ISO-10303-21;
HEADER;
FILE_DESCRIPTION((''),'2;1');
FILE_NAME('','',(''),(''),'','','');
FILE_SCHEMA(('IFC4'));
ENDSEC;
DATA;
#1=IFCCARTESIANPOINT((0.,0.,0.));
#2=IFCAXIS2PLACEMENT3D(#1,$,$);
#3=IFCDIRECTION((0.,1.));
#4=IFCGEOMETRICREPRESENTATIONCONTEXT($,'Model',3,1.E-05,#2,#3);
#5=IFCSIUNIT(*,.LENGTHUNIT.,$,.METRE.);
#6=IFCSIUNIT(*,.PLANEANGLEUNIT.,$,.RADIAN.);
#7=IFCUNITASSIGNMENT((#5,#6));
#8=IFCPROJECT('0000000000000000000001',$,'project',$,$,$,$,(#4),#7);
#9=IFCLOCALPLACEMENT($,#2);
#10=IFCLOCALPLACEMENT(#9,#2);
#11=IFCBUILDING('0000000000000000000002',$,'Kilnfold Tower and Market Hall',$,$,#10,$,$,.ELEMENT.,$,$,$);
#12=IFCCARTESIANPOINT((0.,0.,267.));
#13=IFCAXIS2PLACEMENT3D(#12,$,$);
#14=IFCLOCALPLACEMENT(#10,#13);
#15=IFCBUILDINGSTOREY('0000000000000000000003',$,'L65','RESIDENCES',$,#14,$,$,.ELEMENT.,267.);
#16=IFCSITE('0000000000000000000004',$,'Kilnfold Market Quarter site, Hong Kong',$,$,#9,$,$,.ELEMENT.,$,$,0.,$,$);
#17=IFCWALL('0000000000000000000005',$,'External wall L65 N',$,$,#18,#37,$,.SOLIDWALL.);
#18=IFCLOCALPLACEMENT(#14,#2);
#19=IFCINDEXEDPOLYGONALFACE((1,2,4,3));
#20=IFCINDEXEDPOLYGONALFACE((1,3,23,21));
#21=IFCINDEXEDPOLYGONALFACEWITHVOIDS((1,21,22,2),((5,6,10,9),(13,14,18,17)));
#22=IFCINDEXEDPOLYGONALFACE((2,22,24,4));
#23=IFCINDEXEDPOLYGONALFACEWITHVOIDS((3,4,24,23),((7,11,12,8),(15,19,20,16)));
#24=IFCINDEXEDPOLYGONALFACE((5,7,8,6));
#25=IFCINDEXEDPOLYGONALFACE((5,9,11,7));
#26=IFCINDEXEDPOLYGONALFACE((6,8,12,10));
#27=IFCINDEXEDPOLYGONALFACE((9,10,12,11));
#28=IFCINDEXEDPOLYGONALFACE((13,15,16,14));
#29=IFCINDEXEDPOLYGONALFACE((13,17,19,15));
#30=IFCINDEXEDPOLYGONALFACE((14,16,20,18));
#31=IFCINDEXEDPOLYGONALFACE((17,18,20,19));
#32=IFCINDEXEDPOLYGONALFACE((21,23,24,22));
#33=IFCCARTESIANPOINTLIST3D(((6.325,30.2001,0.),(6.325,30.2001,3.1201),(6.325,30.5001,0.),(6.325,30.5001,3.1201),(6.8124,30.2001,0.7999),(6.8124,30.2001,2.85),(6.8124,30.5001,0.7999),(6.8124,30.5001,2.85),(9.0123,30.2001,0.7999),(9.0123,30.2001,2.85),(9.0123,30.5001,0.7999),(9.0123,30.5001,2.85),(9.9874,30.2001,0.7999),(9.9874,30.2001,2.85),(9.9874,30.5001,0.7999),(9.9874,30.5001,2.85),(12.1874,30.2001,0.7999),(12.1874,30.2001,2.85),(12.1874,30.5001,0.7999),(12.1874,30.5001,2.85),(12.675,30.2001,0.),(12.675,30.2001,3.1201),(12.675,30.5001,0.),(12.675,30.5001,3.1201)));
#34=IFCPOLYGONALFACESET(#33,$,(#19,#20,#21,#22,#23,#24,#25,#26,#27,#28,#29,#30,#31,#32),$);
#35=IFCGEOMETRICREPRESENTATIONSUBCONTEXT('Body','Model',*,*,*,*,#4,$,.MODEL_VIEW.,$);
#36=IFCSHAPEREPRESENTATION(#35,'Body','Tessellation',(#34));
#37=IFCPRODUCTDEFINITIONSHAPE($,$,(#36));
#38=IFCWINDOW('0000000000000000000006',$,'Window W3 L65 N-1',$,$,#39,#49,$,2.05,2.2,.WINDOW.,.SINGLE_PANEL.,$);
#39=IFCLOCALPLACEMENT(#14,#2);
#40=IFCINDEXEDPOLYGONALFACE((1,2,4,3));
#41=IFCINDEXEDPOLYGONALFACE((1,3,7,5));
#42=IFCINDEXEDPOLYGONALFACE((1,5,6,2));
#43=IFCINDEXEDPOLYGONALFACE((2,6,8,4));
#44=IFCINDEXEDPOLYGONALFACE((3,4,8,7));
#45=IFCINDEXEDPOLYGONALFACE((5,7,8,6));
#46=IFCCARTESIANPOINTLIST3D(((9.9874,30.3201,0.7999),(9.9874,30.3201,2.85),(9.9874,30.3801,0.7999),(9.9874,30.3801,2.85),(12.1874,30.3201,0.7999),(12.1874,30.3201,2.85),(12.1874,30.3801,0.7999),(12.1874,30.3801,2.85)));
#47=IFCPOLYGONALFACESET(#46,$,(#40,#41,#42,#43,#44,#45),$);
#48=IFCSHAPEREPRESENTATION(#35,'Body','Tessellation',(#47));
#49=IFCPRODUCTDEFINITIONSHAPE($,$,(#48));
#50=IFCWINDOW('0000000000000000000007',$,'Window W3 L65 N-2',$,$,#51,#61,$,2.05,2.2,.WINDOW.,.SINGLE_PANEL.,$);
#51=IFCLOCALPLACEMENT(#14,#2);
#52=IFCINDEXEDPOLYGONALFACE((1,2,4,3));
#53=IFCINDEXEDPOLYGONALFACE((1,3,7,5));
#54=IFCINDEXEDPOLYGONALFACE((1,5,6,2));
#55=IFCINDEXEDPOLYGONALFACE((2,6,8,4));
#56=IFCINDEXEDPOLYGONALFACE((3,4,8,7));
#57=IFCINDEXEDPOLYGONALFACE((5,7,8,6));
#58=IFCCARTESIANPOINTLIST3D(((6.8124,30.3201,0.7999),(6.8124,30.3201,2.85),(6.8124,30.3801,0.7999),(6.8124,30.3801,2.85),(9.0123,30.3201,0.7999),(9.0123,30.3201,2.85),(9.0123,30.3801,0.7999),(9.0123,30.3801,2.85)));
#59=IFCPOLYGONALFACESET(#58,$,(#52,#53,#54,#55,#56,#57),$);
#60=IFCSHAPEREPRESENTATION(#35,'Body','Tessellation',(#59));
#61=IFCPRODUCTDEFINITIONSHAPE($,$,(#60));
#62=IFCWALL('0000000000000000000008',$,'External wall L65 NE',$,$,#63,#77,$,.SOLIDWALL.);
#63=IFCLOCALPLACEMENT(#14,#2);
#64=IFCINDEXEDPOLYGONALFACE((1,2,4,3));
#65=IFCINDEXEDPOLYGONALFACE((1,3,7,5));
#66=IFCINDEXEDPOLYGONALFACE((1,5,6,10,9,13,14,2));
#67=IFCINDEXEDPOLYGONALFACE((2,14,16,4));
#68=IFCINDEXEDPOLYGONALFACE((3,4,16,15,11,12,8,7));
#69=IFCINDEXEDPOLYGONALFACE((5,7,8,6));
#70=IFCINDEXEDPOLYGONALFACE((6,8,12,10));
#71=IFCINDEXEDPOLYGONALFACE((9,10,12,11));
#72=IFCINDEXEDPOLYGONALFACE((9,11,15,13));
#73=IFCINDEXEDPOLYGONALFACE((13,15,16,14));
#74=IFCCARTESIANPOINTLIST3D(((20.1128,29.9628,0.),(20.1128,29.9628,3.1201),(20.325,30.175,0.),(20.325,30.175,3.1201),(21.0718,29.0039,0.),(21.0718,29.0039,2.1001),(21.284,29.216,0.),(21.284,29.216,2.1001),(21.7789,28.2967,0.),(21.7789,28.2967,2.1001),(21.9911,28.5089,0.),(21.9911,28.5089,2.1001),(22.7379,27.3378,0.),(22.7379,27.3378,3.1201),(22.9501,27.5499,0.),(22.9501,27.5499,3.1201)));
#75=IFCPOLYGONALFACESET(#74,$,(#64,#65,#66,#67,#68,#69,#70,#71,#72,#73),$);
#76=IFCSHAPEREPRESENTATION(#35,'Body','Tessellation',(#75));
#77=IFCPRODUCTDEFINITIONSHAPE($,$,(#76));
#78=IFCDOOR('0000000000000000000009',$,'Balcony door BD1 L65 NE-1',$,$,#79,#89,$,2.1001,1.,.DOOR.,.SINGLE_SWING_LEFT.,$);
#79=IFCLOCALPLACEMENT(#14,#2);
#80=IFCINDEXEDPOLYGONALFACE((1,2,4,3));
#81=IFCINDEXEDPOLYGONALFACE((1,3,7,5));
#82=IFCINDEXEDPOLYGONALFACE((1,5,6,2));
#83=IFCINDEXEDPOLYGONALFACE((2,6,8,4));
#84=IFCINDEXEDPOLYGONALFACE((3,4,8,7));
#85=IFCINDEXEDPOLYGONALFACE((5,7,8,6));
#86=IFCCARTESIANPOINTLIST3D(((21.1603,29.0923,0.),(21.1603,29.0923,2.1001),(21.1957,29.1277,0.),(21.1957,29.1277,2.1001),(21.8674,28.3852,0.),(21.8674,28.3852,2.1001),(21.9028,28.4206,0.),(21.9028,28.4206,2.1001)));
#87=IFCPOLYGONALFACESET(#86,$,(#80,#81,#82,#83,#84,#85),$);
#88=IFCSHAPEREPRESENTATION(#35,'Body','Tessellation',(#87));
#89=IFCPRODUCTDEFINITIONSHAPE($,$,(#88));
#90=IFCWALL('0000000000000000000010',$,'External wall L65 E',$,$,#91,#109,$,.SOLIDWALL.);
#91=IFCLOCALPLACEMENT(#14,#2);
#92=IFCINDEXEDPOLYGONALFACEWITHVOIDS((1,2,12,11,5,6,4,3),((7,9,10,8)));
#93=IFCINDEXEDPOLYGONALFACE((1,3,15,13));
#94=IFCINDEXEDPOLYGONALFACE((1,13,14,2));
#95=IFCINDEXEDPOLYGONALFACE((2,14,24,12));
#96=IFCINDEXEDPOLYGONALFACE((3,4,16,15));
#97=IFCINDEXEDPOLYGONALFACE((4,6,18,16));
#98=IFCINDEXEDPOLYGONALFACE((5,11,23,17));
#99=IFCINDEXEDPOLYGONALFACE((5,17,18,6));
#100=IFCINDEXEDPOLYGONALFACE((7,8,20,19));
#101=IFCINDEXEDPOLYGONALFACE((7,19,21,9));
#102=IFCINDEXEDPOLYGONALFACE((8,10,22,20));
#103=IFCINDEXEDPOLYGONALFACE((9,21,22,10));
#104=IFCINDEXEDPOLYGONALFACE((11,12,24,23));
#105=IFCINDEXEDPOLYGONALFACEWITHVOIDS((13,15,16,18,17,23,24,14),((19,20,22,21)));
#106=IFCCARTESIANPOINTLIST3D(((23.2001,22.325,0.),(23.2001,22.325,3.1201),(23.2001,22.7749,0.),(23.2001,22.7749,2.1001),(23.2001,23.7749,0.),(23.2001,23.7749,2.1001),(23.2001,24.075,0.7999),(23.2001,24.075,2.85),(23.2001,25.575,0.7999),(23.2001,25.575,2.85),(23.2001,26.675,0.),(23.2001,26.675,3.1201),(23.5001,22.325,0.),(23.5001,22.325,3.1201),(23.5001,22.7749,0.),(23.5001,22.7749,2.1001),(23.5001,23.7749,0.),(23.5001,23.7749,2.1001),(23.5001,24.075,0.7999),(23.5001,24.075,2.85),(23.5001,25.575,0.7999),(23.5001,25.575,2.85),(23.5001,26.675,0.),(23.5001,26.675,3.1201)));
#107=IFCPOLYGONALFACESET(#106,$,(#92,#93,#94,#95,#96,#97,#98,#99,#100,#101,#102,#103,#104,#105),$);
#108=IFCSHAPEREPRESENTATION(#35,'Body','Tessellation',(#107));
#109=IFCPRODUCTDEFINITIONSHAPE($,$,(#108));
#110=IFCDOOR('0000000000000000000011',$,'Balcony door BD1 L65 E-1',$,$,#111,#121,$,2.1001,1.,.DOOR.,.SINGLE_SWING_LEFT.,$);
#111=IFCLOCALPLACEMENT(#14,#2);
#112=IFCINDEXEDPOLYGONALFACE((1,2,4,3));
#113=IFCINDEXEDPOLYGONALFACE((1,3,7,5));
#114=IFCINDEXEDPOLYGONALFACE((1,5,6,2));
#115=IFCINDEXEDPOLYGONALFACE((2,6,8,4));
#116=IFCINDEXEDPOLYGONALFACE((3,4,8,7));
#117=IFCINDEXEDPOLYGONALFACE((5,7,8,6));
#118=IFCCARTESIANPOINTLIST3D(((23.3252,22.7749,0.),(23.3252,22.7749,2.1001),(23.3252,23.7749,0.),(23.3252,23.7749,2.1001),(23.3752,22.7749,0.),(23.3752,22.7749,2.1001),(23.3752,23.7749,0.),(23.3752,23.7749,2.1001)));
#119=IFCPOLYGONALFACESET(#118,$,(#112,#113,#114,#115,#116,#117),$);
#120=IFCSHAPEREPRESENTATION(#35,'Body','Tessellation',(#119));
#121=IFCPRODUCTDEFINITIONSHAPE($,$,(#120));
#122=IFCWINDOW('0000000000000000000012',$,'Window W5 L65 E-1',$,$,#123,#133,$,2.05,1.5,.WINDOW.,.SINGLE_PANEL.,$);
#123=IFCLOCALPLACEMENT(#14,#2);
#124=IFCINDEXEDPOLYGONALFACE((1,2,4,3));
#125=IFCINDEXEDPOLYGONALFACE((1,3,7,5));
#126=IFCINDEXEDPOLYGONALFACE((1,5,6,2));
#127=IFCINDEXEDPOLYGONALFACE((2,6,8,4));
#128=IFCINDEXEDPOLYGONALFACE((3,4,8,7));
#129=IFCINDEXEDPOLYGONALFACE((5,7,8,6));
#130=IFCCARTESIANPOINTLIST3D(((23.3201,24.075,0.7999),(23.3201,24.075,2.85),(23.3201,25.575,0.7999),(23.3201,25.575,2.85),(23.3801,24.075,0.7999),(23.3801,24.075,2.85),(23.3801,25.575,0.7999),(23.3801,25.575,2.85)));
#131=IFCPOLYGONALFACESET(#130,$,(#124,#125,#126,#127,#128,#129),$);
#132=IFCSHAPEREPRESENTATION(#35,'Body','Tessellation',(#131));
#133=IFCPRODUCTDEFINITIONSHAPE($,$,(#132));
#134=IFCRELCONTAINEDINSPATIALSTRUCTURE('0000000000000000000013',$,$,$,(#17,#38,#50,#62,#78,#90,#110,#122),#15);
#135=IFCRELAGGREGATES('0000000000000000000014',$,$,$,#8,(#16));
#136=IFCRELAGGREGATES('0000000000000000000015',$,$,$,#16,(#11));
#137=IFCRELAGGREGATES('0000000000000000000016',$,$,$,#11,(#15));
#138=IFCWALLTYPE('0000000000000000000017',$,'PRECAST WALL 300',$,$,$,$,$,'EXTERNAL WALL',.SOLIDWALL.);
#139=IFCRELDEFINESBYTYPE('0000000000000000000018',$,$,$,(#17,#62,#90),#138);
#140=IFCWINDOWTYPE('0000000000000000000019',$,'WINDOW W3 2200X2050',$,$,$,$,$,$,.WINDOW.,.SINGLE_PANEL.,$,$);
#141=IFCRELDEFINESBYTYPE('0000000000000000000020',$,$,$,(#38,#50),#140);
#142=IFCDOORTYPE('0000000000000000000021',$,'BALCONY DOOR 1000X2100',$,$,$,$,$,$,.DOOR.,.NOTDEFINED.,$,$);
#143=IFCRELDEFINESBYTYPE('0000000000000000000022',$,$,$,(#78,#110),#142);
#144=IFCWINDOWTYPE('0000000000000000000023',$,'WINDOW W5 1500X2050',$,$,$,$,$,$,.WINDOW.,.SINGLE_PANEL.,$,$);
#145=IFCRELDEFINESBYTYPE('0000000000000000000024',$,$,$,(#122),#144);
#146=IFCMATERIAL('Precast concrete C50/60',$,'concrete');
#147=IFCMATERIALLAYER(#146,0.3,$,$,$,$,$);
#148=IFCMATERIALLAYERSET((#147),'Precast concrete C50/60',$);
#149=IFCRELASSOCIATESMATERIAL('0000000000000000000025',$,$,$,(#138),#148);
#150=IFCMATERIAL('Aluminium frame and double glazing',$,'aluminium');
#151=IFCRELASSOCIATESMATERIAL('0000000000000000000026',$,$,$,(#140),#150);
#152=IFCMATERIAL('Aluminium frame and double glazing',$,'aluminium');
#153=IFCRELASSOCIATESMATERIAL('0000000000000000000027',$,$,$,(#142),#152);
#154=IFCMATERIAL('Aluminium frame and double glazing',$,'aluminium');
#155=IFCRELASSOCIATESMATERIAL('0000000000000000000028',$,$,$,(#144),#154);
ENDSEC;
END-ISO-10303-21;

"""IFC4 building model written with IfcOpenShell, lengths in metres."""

from ifc_helpers import new_model, si_unit, direction, frame, frame_2d, origin, place, context, subcontext, project, spatial, rectangle, extrude, source, transform, mapped, material, layer, layer_set, type_object, element, fill, save


model = new_model("IFC4")

# Units and contexts
model_context = context("Model", 3, precision=1e-05, world=origin(), true_north=direction((0.0, 1.0)))
body_context = subcontext(model_context, "Body", "Model", "MODEL_VIEW")
ifc_project = project(units=[si_unit("LENGTHUNIT", "METRE"), si_unit("PLANEANGLEUNIT", "RADIAN")], contexts=[model_context])

# Site, building, storey
site_placement = place(None, origin())
site = spatial("IfcSite", under=ifc_project, at=site_placement, Name="Kilnfold Market Quarter site, Hong Kong", CompositionType="ELEMENT", RefElevation=0.0)
building_placement = place(site_placement, origin())
building = spatial("IfcBuilding", under=site, at=building_placement, Name="Kilnfold Tower and Market Hall", CompositionType="ELEMENT")
storey_placement = place(building_placement, frame((0.0, 0.0, 267.0)))
storey = spatial("IfcBuildingStorey", under=building, at=storey_placement, Name="L65", Description="RESIDENCES", CompositionType="ELEMENT", Elevation=267.0)

# Wall, openings, windows
ifc_material_1 = material(Name="Precast concrete C50/60", Category="concrete")
ifc_layer_1 = layer(ifc_material_1, 0.3)
ifc_layer_set_1 = layer_set([ifc_layer_1], Name="Precast concrete C50/60")
wall_type_1 = type_object("IfcWallType", Name="PRECAST WALL 300", ElementType="EXTERNAL WALL", PredefinedType="SOLIDWALL", material=ifc_layer_set_1)
shared_shape_1 = source(origin(), body_context, "Body", "SweptSolid", [
    extrude(rectangle(XDim=6.3501, YDim=0.3, at=frame_2d((3.175, 0.0))), origin(), (0.0, 0.0, 1.0), 3.1201),
])
wall_1_placement = place(storey_placement, frame((12.675, 30.3501, 0.0), z_axis=(0.0, 0.0, 1.0), x_axis=(-1.0, 0.0, 0.0)))
wall_1 = element("IfcWall", 1, at=wall_1_placement, inside=storey, type_object=wall_type_1, Name="External wall L65 N", PredefinedType="SOLIDWALL", context=body_context, shape_type="MappedRepresentation", body=[
    mapped(shared_shape_1, transform((0.0, 0.0, 0.0))),
])
opening_1_placement = place(wall_1_placement, frame((0.4875, 0.0, 0.8)))
opening_1 = element("IfcOpeningElement", 2, at=opening_1_placement, cuts=wall_1, PredefinedType="OPENING", context=body_context, shape_type="SweptSolid", body=[
    extrude(rectangle(XDim=2.2, YDim=2.05, at=frame_2d((1.1001, 1.0249))), frame((0.0, 0.1602, 0.0), z_axis=(0.0, -1.0, 0.0), x_axis=(1.0, 0.0, 0.0)), (0.0, 0.0, 1.0), 0.3201),
])
opening_2_placement = place(wall_1_placement, frame((3.6626, 0.0, 0.8)))
opening_2 = element("IfcOpeningElement", 3, at=opening_2_placement, cuts=wall_1, PredefinedType="OPENING", context=body_context, shape_type="SweptSolid", body=[
    extrude(rectangle(XDim=2.2, YDim=2.05, at=frame_2d((1.1001, 1.0249))), frame((0.0, 0.1602, 0.0), z_axis=(0.0, -1.0, 0.0), x_axis=(1.0, 0.0, 0.0)), (0.0, 0.0, 1.0), 0.3201),
])
ifc_material_2 = material(Name="Aluminium frame and double glazing", Category="aluminium")
window_type_1 = type_object("IfcWindowType", Name="WINDOW W3 2200X2050", PartitioningType="SINGLE_PANEL", PredefinedType="WINDOW", material=ifc_material_2)
window_1_placement = place(opening_1_placement, origin())
window_1 = element("IfcWindow", 4, at=window_1_placement, inside=storey, type_object=window_type_1, Name="Window W3 L65 N-1", OverallHeight=2.05, OverallWidth=2.2, PartitioningType="SINGLE_PANEL", PredefinedType="WINDOW", context=body_context, shape_type="SweptSolid", body=[
    extrude(rectangle(XDim=2.2, YDim=2.05, at=frame_2d((1.1001, 1.0249))), frame((0.0, 0.03, 0.0), z_axis=(0.0, -1.0, 0.0), x_axis=(1.0, 0.0, 0.0)), (0.0, 0.0, 1.0), 0.0601),
])
fill(opening_1, window_1)
window_2_placement = place(opening_2_placement, origin())
window_2 = element("IfcWindow", 5, at=window_2_placement, inside=storey, type_object=window_type_1, Name="Window W3 L65 N-2", OverallHeight=2.05, OverallWidth=2.2, PartitioningType="SINGLE_PANEL", PredefinedType="WINDOW", context=body_context, shape_type="SweptSolid", body=[
    extrude(rectangle(XDim=2.2, YDim=2.05, at=frame_2d((1.1001, 1.0249))), frame((0.0, 0.03, 0.0), z_axis=(0.0, -1.0, 0.0), x_axis=(1.0, 0.0, 0.0)), (0.0, 0.0, 1.0), 0.0601),
])
fill(opening_2, window_2)

# Wall, opening, door
shared_shape_2 = source(origin(), body_context, "Body", "SweptSolid", [
    extrude(rectangle(XDim=3.7124, YDim=0.3, at=frame_2d((1.8562, 0.0))), origin(), (0.0, 0.0, 1.0), 3.1201),
])
wall_2_placement = place(storey_placement, frame((22.844, 27.4438, 0.0), z_axis=(0.0, 0.0, 1.0), x_axis=(-0.707107, 0.707107, 0.0)))
wall_2 = element("IfcWall", 6, at=wall_2_placement, inside=storey, type_object=wall_type_1, Name="External wall L65 NE", PredefinedType="SOLIDWALL", context=body_context, shape_type="MappedRepresentation", body=[
    mapped(shared_shape_2, transform((0.0, 0.0, 0.0))),
])
opening_3_placement = place(wall_2_placement, frame((1.3562, 0.0, 0.0)))
opening_3 = element("IfcOpeningElement", 7, at=opening_3_placement, cuts=wall_2, PredefinedType="OPENING", context=body_context, shape_type="SweptSolid", body=[
    extrude(rectangle(XDim=1.0, YDim=2.1001, at=frame_2d((0.5, 1.05))), frame((0.0, 0.1602, 0.0), z_axis=(0.0, -1.0, 0.0), x_axis=(1.0, 0.0, 0.0)), (0.0, 0.0, 1.0), 0.3201),
])
ifc_material_3 = material(Name="Aluminium frame and double glazing", Category="aluminium")
door_type = type_object("IfcDoorType", Name="BALCONY DOOR 1000X2100", OperationType="NOTDEFINED", PredefinedType="DOOR", material=ifc_material_3)
door_1_placement = place(opening_3_placement, origin())
door_1 = element("IfcDoor", 8, at=door_1_placement, inside=storey, type_object=door_type, Name="Balcony door BD1 L65 NE-1", OperationType="SINGLE_SWING_LEFT", OverallHeight=2.1001, OverallWidth=1.0, PredefinedType="DOOR", context=body_context, shape_type="SweptSolid", body=[
    extrude(rectangle(XDim=1.0, YDim=2.1001, at=frame_2d((0.5, 1.05))), frame((0.0, 0.0249, 0.0), z_axis=(0.0, -1.0, 0.0), x_axis=(1.0, 0.0, 0.0)), (0.0, 0.0, 1.0), 0.05),
])
fill(opening_3, door_1)

# Wall, openings, door, window
shared_shape_3 = source(origin(), body_context, "Body", "SweptSolid", [
    extrude(rectangle(XDim=4.3501, YDim=0.3, at=frame_2d((2.175, 0.0))), origin(), (0.0, 0.0, 1.0), 3.1201),
])
wall_3_placement = place(storey_placement, frame((23.3501, 22.325, 0.0), z_axis=(0.0, 0.0, 1.0), x_axis=(0.0, 1.0, 0.0)))
wall_3 = element("IfcWall", 9, at=wall_3_placement, inside=storey, type_object=wall_type_1, Name="External wall L65 E", PredefinedType="SOLIDWALL", context=body_context, shape_type="MappedRepresentation", body=[
    mapped(shared_shape_3, transform((0.0, 0.0, 0.0))),
])
opening_4_placement = place(wall_3_placement, frame((1.75, 0.0, 0.8)))
opening_4 = element("IfcOpeningElement", 10, at=opening_4_placement, cuts=wall_3, PredefinedType="OPENING", context=body_context, shape_type="SweptSolid", body=[
    extrude(rectangle(XDim=1.5, YDim=2.05, at=frame_2d((0.75, 1.0249))), frame((0.0, 0.1602, 0.0), z_axis=(0.0, -1.0, 0.0), x_axis=(1.0, 0.0, 0.0)), (0.0, 0.0, 1.0), 0.3201),
])
opening_5_placement = place(wall_3_placement, frame((0.45, 0.0, 0.0)))
opening_5 = element("IfcOpeningElement", 11, at=opening_5_placement, cuts=wall_3, PredefinedType="OPENING", context=body_context, shape_type="SweptSolid", body=[
    extrude(rectangle(XDim=1.0, YDim=2.1001, at=frame_2d((0.5, 1.05))), frame((0.0, 0.1602, 0.0), z_axis=(0.0, -1.0, 0.0), x_axis=(1.0, 0.0, 0.0)), (0.0, 0.0, 1.0), 0.3201),
])
door_2_placement = place(opening_5_placement, origin())
door_2 = element("IfcDoor", 12, at=door_2_placement, inside=storey, type_object=door_type, Name="Balcony door BD1 L65 E-1", OperationType="SINGLE_SWING_LEFT", OverallHeight=2.1001, OverallWidth=1.0, PredefinedType="DOOR", context=body_context, shape_type="SweptSolid", body=[
    extrude(rectangle(XDim=1.0, YDim=2.1001, at=frame_2d((0.5, 1.05))), frame((0.0, 0.0249, 0.0), z_axis=(0.0, -1.0, 0.0), x_axis=(1.0, 0.0, 0.0)), (0.0, 0.0, 1.0), 0.05),
])
fill(opening_5, door_2)
ifc_material_4 = material(Name="Aluminium frame and double glazing", Category="aluminium")
window_type_2 = type_object("IfcWindowType", Name="WINDOW W5 1500X2050", PartitioningType="SINGLE_PANEL", PredefinedType="WINDOW", material=ifc_material_4)
window_3_placement = place(opening_4_placement, origin())
window_3 = element("IfcWindow", 13, at=window_3_placement, inside=storey, type_object=window_type_2, Name="Window W5 L65 E-1", OverallHeight=2.05, OverallWidth=1.5, PartitioningType="SINGLE_PANEL", PredefinedType="WINDOW", context=body_context, shape_type="SweptSolid", body=[
    extrude(rectangle(XDim=1.5, YDim=2.05, at=frame_2d((0.75, 1.0249))), frame((0.0, 0.03, 0.0), z_axis=(0.0, -1.0, 0.0), x_axis=(1.0, 0.0, 0.0)), (0.0, 0.0, 1.0), 0.0601),
])
fill(opening_4, window_3)

save(model, "model.ifc")
